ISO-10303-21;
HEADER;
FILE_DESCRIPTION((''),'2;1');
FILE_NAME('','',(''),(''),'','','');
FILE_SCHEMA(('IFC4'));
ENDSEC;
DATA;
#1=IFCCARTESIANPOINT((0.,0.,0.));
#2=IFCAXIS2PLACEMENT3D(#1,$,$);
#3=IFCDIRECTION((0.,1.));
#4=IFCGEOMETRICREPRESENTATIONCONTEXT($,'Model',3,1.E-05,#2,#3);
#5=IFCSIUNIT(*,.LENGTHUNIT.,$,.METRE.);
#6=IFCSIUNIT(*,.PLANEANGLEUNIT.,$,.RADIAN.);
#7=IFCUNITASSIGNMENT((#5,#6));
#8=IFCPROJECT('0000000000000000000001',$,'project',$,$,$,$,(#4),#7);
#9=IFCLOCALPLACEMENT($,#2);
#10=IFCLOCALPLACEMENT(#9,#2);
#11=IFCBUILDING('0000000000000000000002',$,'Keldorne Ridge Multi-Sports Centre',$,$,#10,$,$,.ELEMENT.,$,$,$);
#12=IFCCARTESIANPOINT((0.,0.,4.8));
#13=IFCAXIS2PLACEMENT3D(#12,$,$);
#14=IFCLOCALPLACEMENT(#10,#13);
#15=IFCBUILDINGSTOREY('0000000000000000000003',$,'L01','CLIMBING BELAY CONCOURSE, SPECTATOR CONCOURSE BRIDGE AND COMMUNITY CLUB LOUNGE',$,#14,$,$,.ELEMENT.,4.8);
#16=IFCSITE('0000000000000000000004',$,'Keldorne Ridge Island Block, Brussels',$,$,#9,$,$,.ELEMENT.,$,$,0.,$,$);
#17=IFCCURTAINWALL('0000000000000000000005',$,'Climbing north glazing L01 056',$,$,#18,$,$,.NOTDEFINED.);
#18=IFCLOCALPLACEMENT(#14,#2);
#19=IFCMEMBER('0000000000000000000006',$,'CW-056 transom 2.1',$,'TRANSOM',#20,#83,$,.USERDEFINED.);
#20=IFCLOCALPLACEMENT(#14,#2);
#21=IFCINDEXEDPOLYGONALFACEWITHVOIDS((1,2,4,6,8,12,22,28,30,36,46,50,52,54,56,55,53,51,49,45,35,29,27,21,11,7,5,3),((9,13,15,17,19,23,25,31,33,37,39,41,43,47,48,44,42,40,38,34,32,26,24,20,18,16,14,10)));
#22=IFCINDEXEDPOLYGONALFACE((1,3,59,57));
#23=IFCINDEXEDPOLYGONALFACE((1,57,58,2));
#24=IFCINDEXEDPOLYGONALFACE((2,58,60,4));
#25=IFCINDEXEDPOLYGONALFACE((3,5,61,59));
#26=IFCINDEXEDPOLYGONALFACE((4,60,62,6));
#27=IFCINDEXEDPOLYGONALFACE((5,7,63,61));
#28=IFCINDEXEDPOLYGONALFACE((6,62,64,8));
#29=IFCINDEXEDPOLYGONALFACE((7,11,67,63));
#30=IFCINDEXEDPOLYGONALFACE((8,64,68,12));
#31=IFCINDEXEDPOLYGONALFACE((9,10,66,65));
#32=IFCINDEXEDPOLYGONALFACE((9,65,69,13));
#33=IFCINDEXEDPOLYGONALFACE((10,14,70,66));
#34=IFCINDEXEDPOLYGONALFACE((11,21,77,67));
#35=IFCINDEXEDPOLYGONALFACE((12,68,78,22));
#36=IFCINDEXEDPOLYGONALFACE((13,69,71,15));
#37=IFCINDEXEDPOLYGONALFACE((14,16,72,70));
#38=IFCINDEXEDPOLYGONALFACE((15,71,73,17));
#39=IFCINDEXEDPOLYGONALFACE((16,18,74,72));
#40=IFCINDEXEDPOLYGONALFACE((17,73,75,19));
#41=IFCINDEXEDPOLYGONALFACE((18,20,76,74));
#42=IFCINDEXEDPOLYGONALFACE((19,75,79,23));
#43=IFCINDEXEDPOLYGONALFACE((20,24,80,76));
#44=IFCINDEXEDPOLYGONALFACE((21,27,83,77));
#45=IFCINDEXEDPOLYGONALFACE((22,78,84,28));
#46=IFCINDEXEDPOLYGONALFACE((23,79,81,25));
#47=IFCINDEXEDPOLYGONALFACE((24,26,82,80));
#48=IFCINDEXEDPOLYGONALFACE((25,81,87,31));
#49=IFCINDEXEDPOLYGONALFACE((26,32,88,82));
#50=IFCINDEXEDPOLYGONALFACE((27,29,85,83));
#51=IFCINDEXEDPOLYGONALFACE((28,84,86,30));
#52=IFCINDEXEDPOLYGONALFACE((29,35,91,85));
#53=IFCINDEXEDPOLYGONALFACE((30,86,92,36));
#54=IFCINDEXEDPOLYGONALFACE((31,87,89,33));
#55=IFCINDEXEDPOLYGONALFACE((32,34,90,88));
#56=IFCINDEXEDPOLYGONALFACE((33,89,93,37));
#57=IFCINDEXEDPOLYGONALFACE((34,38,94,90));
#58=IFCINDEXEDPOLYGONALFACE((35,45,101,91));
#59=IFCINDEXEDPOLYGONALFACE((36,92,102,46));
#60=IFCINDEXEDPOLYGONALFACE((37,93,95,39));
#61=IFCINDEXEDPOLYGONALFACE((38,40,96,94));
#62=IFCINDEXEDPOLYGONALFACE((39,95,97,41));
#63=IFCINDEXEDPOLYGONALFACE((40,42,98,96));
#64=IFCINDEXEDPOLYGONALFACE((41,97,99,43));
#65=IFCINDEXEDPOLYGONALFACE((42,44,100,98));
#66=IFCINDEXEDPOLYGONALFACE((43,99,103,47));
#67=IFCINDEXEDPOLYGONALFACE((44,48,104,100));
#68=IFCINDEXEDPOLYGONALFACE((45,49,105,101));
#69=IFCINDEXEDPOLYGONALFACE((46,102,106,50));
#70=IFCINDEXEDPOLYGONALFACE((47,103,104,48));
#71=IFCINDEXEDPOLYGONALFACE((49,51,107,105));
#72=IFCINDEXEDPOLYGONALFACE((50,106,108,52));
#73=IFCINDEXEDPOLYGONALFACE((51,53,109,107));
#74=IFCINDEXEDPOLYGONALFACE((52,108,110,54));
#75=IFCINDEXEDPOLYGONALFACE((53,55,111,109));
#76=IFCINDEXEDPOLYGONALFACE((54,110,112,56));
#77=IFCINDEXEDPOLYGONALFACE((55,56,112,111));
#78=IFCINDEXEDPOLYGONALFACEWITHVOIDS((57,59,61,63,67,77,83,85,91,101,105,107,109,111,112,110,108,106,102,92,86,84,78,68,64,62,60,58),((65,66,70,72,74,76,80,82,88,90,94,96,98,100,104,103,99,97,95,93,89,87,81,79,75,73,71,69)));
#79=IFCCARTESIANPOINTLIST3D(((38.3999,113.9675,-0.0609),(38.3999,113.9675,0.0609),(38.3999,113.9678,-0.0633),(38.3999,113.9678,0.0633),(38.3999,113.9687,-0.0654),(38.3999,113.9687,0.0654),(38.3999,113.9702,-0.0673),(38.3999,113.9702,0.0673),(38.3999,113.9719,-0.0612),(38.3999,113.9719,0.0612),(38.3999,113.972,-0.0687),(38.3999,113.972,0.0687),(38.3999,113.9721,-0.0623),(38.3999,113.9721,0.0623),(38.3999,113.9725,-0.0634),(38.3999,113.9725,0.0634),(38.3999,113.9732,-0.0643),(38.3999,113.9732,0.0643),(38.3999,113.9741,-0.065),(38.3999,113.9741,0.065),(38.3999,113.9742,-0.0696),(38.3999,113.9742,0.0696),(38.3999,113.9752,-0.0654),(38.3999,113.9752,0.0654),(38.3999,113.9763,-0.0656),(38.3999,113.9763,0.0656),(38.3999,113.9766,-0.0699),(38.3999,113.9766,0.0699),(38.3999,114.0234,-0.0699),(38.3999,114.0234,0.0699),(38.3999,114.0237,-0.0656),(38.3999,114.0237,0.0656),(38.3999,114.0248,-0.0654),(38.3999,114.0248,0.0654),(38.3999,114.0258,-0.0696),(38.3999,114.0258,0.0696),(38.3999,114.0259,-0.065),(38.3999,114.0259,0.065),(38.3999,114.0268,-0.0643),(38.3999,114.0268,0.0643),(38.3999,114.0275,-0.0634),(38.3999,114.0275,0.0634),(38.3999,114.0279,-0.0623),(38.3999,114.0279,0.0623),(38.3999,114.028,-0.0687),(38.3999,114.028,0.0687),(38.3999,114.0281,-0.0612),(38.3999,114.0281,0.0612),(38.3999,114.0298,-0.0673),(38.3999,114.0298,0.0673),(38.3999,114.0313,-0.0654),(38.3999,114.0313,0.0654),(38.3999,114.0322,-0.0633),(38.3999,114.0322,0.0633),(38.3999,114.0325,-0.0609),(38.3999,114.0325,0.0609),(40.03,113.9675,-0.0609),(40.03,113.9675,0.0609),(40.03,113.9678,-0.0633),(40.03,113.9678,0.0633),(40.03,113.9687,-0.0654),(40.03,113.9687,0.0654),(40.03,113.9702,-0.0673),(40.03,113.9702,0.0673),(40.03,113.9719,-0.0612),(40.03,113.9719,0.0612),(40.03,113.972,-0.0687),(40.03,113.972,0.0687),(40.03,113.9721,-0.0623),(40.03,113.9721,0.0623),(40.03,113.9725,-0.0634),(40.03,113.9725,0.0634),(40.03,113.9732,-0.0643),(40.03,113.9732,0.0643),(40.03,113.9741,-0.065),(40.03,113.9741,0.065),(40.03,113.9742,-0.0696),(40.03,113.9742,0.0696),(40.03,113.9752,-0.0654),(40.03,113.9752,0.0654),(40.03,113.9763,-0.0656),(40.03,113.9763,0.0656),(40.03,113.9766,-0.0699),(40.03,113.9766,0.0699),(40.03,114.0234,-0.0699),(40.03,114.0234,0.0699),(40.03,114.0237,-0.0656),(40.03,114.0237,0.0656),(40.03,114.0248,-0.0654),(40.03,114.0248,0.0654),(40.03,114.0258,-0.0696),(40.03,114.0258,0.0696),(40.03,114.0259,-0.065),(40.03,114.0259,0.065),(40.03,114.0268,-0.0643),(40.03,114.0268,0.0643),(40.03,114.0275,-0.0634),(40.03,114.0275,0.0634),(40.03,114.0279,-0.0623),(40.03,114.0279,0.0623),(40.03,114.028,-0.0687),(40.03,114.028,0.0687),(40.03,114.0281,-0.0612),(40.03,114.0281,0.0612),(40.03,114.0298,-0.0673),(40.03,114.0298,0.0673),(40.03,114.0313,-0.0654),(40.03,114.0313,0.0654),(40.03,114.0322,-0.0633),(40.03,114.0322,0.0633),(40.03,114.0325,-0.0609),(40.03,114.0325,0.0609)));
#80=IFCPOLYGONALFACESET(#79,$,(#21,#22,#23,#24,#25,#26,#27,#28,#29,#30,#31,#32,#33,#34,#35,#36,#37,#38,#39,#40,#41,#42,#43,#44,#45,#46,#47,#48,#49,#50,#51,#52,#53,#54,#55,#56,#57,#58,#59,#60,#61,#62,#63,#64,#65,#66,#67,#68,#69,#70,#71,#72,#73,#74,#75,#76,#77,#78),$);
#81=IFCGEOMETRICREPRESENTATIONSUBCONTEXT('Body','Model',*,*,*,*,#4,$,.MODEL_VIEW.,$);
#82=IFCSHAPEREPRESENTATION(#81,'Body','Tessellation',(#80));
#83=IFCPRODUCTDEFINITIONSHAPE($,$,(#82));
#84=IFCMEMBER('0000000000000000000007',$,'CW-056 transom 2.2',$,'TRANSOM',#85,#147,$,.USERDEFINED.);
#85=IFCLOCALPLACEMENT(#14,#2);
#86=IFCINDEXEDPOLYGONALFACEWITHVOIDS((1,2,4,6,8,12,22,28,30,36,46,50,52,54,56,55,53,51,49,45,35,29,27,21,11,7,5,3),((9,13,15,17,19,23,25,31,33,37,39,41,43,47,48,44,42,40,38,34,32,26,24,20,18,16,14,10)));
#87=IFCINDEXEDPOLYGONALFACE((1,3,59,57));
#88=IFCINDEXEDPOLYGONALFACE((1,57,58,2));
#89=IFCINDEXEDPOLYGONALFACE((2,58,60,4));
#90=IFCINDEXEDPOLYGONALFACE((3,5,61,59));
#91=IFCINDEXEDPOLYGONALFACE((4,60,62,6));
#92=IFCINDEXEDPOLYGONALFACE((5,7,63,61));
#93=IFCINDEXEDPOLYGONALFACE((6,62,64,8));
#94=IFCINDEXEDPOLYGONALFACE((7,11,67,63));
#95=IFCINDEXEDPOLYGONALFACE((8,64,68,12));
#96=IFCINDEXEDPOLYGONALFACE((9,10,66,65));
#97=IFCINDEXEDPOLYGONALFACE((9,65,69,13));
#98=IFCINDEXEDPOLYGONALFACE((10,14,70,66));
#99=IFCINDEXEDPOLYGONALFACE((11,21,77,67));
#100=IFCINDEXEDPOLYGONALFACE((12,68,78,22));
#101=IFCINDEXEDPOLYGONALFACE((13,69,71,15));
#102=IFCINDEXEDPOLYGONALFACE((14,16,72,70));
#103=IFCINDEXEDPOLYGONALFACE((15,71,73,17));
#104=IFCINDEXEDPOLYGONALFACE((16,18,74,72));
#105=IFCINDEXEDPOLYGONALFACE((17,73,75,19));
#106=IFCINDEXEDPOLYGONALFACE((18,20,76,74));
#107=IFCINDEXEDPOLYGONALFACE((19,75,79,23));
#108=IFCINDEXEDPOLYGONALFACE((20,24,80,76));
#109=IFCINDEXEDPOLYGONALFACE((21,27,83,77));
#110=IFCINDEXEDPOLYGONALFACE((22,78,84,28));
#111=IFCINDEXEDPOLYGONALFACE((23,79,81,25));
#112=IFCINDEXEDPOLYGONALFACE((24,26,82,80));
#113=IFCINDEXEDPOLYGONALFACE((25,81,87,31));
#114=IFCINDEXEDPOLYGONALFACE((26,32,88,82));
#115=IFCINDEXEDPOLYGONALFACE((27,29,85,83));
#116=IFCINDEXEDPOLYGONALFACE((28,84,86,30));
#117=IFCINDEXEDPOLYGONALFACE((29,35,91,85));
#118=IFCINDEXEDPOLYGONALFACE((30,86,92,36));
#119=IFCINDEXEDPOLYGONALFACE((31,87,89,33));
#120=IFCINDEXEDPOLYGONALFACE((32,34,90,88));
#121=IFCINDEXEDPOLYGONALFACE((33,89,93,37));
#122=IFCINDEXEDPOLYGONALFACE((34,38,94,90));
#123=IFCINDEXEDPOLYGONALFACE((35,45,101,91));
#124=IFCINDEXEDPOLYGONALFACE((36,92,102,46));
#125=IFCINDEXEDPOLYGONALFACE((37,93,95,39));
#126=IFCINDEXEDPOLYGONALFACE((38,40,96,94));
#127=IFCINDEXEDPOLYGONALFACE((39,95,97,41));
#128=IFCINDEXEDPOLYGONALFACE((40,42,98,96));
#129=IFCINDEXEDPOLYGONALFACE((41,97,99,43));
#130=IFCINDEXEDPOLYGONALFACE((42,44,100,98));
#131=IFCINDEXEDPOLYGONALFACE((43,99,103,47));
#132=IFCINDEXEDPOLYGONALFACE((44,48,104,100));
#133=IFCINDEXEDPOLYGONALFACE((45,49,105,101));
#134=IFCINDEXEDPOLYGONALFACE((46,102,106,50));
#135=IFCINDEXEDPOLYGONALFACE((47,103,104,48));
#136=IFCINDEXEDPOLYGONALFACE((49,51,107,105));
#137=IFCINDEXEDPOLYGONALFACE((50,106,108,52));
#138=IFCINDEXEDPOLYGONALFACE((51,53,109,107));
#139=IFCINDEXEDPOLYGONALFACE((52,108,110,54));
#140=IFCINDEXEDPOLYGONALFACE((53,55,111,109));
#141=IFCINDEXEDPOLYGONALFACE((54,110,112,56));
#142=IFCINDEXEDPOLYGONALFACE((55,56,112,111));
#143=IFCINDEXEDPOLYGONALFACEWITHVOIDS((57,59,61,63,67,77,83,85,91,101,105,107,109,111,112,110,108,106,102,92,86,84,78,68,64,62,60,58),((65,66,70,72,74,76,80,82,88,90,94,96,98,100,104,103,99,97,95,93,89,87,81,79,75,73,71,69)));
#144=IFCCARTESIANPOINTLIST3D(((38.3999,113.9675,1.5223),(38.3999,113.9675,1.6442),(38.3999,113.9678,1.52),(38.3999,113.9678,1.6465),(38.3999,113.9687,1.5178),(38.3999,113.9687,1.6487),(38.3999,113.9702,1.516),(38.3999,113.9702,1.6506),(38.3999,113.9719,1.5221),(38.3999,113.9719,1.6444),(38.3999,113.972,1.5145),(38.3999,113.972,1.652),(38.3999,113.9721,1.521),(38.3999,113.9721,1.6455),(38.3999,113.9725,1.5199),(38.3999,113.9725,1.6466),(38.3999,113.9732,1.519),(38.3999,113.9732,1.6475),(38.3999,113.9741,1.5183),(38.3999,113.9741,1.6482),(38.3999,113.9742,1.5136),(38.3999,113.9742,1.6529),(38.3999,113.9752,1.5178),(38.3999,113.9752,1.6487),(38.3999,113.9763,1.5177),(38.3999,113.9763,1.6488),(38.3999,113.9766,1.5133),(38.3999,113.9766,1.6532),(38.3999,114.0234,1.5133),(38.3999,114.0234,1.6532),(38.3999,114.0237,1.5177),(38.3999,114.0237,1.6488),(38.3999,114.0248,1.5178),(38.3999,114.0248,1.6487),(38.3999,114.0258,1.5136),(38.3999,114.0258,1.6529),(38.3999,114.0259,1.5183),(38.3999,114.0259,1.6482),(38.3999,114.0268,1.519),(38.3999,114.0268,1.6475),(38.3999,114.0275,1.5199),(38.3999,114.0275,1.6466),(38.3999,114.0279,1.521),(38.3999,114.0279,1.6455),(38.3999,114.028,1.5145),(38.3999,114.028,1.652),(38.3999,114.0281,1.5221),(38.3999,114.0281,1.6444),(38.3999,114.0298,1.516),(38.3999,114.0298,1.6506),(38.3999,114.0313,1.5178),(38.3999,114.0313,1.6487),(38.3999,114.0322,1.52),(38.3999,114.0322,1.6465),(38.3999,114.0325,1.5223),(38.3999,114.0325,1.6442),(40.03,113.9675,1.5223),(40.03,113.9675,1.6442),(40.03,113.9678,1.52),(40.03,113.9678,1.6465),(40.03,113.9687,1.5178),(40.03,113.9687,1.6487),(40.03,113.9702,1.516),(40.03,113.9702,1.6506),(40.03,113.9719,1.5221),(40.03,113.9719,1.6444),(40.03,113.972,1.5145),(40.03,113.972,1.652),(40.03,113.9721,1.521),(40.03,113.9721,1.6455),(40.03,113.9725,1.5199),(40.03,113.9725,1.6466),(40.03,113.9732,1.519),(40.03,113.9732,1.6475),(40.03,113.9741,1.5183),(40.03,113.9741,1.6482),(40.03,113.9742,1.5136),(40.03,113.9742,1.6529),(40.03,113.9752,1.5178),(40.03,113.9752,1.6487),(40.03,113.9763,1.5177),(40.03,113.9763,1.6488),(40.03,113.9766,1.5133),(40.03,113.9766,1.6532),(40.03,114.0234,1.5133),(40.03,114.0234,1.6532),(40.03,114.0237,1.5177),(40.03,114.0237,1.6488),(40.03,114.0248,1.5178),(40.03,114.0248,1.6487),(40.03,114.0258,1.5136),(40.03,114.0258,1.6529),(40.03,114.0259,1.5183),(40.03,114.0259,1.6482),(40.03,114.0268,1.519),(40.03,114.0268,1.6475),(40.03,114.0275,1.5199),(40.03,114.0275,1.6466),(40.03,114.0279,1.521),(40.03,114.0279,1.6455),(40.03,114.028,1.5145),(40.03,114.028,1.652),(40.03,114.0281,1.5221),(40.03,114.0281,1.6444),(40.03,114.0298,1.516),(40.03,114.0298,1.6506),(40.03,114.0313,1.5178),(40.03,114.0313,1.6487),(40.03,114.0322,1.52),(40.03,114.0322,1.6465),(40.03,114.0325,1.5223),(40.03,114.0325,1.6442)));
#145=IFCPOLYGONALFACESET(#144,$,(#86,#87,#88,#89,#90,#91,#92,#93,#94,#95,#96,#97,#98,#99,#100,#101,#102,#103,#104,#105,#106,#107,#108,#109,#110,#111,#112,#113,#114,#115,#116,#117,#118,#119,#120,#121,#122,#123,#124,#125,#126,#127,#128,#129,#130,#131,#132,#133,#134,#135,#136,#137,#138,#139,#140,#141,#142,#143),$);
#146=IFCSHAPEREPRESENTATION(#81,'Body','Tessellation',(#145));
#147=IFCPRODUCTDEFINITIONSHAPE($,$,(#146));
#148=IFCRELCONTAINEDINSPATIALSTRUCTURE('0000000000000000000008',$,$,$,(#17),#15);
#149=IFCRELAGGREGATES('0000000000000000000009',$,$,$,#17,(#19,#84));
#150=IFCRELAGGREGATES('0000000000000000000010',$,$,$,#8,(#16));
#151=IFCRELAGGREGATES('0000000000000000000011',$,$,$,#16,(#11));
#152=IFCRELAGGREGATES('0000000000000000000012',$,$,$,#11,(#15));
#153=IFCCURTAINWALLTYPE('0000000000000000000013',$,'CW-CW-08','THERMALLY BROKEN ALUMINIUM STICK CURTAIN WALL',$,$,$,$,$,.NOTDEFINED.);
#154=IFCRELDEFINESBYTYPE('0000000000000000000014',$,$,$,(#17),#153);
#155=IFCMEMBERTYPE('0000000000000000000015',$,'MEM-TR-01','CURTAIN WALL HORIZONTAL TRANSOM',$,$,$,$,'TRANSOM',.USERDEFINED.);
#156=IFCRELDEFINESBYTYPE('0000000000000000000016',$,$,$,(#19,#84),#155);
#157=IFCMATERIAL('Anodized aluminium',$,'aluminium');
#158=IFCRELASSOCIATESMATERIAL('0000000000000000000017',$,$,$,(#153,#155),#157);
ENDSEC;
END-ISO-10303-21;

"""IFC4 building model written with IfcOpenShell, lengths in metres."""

from ifc_helpers import new_model, si_unit, direction, frame, origin, origin_2d, place, context, subcontext, project, spatial, hollow_rectangle, extrude, material, material_profile, profile_set, type_object, element, aggregate, save


model = new_model("IFC4")

# Units and contexts
model_context = context("Model", 3, precision=1e-05, world=origin(), true_north=direction((0.0, 1.0)))
body_context = subcontext(model_context, "Body", "Model", "MODEL_VIEW")
ifc_project = project(units=[si_unit("LENGTHUNIT", "METRE"), si_unit("PLANEANGLEUNIT", "RADIAN")], contexts=[model_context])

# Site, building, storey
site_placement = place(None, origin())
site = spatial("IfcSite", under=ifc_project, at=site_placement, Name="Keldorne Ridge Island Block, Brussels", CompositionType="ELEMENT", RefElevation=0.0)
building_placement = place(site_placement, origin())
building = spatial("IfcBuilding", under=site, at=building_placement, Name="Keldorne Ridge Multi-Sports Centre", CompositionType="ELEMENT")
storey_placement = place(building_placement, frame((0.0, 0.0, 4.8)))
storey = spatial("IfcBuildingStorey", under=building, at=storey_placement, Name="L01", Description="CLIMBING BELAY CONCOURSE, SPECTATOR CONCOURSE BRIDGE AND COMMUNITY CLUB LOUNGE", CompositionType="ELEMENT", Elevation=4.8)

# Curtain wall, members
ifc_material_1 = material(Name="Anodized aluminium", Category="aluminium")
curtain_wall_type = type_object("IfcCurtainWallType", Name="CW-CW-08", Description="THERMALLY BROKEN ALUMINIUM STICK CURTAIN WALL", PredefinedType="NOTDEFINED", material=ifc_material_1)
curtain_wall_placement = place(storey_placement, origin())
curtain_wall = element("IfcCurtainWall", 1, at=curtain_wall_placement, inside=storey, type_object=curtain_wall_type, Name="Climbing north glazing L01 056", PredefinedType="NOTDEFINED")
ifc_material_profile_1 = material_profile(ifc_material_1, hollow_rectangle(XDim=0.0649, YDim=0.1399, WallThickness=0.0044, InnerFilletRadius=0.0044, OuterFilletRadius=0.009, at=origin_2d()), Name="ALU TRANSOM 140x65x4.5")
ifc_profile_set_1 = profile_set([ifc_material_profile_1], Name="Anodized aluminium")
member_type_1 = type_object("IfcMemberType", Name="MEM-TR-01", Description="CURTAIN WALL HORIZONTAL TRANSOM", ElementType="TRANSOM", PredefinedType="USERDEFINED", material=ifc_profile_set_1)
member_1_placement = place(storey_placement, frame((40.03, 114.0, 0.0), z_axis=(-1.0, 0.0, 0.0), x_axis=(0.0, -1.0, 0.0)))
member_1 = element("IfcMember", 2, at=member_1_placement, type_object=member_type_1, Name="CW-056 transom 2.1", ObjectType="TRANSOM", PredefinedType="USERDEFINED", context=body_context, shape_type="SweptSolid", body=[
    extrude(hollow_rectangle(XDim=0.0649, YDim=0.1399, WallThickness=0.0044, InnerFilletRadius=0.0044, OuterFilletRadius=0.009, at=origin_2d()), origin(), (0.0, 0.0, 1.0), 1.6301),
])
member_2_placement = place(storey_placement, frame((40.03, 114.0, 1.5833), z_axis=(-1.0, 0.0, 0.0), x_axis=(0.0, -1.0, 0.0)))
member_2 = element("IfcMember", 3, at=member_2_placement, type_object=member_type_1, Name="CW-056 transom 2.2", ObjectType="TRANSOM", PredefinedType="USERDEFINED", context=body_context, shape_type="SweptSolid", body=[
    extrude(hollow_rectangle(XDim=0.0649, YDim=0.1399, WallThickness=0.0044, InnerFilletRadius=0.0044, OuterFilletRadius=0.009, at=origin_2d()), origin(), (0.0, 0.0, 1.0), 1.6301),
])
aggregate(curtain_wall, [member_1, member_2])

save(model, "model.ifc")
